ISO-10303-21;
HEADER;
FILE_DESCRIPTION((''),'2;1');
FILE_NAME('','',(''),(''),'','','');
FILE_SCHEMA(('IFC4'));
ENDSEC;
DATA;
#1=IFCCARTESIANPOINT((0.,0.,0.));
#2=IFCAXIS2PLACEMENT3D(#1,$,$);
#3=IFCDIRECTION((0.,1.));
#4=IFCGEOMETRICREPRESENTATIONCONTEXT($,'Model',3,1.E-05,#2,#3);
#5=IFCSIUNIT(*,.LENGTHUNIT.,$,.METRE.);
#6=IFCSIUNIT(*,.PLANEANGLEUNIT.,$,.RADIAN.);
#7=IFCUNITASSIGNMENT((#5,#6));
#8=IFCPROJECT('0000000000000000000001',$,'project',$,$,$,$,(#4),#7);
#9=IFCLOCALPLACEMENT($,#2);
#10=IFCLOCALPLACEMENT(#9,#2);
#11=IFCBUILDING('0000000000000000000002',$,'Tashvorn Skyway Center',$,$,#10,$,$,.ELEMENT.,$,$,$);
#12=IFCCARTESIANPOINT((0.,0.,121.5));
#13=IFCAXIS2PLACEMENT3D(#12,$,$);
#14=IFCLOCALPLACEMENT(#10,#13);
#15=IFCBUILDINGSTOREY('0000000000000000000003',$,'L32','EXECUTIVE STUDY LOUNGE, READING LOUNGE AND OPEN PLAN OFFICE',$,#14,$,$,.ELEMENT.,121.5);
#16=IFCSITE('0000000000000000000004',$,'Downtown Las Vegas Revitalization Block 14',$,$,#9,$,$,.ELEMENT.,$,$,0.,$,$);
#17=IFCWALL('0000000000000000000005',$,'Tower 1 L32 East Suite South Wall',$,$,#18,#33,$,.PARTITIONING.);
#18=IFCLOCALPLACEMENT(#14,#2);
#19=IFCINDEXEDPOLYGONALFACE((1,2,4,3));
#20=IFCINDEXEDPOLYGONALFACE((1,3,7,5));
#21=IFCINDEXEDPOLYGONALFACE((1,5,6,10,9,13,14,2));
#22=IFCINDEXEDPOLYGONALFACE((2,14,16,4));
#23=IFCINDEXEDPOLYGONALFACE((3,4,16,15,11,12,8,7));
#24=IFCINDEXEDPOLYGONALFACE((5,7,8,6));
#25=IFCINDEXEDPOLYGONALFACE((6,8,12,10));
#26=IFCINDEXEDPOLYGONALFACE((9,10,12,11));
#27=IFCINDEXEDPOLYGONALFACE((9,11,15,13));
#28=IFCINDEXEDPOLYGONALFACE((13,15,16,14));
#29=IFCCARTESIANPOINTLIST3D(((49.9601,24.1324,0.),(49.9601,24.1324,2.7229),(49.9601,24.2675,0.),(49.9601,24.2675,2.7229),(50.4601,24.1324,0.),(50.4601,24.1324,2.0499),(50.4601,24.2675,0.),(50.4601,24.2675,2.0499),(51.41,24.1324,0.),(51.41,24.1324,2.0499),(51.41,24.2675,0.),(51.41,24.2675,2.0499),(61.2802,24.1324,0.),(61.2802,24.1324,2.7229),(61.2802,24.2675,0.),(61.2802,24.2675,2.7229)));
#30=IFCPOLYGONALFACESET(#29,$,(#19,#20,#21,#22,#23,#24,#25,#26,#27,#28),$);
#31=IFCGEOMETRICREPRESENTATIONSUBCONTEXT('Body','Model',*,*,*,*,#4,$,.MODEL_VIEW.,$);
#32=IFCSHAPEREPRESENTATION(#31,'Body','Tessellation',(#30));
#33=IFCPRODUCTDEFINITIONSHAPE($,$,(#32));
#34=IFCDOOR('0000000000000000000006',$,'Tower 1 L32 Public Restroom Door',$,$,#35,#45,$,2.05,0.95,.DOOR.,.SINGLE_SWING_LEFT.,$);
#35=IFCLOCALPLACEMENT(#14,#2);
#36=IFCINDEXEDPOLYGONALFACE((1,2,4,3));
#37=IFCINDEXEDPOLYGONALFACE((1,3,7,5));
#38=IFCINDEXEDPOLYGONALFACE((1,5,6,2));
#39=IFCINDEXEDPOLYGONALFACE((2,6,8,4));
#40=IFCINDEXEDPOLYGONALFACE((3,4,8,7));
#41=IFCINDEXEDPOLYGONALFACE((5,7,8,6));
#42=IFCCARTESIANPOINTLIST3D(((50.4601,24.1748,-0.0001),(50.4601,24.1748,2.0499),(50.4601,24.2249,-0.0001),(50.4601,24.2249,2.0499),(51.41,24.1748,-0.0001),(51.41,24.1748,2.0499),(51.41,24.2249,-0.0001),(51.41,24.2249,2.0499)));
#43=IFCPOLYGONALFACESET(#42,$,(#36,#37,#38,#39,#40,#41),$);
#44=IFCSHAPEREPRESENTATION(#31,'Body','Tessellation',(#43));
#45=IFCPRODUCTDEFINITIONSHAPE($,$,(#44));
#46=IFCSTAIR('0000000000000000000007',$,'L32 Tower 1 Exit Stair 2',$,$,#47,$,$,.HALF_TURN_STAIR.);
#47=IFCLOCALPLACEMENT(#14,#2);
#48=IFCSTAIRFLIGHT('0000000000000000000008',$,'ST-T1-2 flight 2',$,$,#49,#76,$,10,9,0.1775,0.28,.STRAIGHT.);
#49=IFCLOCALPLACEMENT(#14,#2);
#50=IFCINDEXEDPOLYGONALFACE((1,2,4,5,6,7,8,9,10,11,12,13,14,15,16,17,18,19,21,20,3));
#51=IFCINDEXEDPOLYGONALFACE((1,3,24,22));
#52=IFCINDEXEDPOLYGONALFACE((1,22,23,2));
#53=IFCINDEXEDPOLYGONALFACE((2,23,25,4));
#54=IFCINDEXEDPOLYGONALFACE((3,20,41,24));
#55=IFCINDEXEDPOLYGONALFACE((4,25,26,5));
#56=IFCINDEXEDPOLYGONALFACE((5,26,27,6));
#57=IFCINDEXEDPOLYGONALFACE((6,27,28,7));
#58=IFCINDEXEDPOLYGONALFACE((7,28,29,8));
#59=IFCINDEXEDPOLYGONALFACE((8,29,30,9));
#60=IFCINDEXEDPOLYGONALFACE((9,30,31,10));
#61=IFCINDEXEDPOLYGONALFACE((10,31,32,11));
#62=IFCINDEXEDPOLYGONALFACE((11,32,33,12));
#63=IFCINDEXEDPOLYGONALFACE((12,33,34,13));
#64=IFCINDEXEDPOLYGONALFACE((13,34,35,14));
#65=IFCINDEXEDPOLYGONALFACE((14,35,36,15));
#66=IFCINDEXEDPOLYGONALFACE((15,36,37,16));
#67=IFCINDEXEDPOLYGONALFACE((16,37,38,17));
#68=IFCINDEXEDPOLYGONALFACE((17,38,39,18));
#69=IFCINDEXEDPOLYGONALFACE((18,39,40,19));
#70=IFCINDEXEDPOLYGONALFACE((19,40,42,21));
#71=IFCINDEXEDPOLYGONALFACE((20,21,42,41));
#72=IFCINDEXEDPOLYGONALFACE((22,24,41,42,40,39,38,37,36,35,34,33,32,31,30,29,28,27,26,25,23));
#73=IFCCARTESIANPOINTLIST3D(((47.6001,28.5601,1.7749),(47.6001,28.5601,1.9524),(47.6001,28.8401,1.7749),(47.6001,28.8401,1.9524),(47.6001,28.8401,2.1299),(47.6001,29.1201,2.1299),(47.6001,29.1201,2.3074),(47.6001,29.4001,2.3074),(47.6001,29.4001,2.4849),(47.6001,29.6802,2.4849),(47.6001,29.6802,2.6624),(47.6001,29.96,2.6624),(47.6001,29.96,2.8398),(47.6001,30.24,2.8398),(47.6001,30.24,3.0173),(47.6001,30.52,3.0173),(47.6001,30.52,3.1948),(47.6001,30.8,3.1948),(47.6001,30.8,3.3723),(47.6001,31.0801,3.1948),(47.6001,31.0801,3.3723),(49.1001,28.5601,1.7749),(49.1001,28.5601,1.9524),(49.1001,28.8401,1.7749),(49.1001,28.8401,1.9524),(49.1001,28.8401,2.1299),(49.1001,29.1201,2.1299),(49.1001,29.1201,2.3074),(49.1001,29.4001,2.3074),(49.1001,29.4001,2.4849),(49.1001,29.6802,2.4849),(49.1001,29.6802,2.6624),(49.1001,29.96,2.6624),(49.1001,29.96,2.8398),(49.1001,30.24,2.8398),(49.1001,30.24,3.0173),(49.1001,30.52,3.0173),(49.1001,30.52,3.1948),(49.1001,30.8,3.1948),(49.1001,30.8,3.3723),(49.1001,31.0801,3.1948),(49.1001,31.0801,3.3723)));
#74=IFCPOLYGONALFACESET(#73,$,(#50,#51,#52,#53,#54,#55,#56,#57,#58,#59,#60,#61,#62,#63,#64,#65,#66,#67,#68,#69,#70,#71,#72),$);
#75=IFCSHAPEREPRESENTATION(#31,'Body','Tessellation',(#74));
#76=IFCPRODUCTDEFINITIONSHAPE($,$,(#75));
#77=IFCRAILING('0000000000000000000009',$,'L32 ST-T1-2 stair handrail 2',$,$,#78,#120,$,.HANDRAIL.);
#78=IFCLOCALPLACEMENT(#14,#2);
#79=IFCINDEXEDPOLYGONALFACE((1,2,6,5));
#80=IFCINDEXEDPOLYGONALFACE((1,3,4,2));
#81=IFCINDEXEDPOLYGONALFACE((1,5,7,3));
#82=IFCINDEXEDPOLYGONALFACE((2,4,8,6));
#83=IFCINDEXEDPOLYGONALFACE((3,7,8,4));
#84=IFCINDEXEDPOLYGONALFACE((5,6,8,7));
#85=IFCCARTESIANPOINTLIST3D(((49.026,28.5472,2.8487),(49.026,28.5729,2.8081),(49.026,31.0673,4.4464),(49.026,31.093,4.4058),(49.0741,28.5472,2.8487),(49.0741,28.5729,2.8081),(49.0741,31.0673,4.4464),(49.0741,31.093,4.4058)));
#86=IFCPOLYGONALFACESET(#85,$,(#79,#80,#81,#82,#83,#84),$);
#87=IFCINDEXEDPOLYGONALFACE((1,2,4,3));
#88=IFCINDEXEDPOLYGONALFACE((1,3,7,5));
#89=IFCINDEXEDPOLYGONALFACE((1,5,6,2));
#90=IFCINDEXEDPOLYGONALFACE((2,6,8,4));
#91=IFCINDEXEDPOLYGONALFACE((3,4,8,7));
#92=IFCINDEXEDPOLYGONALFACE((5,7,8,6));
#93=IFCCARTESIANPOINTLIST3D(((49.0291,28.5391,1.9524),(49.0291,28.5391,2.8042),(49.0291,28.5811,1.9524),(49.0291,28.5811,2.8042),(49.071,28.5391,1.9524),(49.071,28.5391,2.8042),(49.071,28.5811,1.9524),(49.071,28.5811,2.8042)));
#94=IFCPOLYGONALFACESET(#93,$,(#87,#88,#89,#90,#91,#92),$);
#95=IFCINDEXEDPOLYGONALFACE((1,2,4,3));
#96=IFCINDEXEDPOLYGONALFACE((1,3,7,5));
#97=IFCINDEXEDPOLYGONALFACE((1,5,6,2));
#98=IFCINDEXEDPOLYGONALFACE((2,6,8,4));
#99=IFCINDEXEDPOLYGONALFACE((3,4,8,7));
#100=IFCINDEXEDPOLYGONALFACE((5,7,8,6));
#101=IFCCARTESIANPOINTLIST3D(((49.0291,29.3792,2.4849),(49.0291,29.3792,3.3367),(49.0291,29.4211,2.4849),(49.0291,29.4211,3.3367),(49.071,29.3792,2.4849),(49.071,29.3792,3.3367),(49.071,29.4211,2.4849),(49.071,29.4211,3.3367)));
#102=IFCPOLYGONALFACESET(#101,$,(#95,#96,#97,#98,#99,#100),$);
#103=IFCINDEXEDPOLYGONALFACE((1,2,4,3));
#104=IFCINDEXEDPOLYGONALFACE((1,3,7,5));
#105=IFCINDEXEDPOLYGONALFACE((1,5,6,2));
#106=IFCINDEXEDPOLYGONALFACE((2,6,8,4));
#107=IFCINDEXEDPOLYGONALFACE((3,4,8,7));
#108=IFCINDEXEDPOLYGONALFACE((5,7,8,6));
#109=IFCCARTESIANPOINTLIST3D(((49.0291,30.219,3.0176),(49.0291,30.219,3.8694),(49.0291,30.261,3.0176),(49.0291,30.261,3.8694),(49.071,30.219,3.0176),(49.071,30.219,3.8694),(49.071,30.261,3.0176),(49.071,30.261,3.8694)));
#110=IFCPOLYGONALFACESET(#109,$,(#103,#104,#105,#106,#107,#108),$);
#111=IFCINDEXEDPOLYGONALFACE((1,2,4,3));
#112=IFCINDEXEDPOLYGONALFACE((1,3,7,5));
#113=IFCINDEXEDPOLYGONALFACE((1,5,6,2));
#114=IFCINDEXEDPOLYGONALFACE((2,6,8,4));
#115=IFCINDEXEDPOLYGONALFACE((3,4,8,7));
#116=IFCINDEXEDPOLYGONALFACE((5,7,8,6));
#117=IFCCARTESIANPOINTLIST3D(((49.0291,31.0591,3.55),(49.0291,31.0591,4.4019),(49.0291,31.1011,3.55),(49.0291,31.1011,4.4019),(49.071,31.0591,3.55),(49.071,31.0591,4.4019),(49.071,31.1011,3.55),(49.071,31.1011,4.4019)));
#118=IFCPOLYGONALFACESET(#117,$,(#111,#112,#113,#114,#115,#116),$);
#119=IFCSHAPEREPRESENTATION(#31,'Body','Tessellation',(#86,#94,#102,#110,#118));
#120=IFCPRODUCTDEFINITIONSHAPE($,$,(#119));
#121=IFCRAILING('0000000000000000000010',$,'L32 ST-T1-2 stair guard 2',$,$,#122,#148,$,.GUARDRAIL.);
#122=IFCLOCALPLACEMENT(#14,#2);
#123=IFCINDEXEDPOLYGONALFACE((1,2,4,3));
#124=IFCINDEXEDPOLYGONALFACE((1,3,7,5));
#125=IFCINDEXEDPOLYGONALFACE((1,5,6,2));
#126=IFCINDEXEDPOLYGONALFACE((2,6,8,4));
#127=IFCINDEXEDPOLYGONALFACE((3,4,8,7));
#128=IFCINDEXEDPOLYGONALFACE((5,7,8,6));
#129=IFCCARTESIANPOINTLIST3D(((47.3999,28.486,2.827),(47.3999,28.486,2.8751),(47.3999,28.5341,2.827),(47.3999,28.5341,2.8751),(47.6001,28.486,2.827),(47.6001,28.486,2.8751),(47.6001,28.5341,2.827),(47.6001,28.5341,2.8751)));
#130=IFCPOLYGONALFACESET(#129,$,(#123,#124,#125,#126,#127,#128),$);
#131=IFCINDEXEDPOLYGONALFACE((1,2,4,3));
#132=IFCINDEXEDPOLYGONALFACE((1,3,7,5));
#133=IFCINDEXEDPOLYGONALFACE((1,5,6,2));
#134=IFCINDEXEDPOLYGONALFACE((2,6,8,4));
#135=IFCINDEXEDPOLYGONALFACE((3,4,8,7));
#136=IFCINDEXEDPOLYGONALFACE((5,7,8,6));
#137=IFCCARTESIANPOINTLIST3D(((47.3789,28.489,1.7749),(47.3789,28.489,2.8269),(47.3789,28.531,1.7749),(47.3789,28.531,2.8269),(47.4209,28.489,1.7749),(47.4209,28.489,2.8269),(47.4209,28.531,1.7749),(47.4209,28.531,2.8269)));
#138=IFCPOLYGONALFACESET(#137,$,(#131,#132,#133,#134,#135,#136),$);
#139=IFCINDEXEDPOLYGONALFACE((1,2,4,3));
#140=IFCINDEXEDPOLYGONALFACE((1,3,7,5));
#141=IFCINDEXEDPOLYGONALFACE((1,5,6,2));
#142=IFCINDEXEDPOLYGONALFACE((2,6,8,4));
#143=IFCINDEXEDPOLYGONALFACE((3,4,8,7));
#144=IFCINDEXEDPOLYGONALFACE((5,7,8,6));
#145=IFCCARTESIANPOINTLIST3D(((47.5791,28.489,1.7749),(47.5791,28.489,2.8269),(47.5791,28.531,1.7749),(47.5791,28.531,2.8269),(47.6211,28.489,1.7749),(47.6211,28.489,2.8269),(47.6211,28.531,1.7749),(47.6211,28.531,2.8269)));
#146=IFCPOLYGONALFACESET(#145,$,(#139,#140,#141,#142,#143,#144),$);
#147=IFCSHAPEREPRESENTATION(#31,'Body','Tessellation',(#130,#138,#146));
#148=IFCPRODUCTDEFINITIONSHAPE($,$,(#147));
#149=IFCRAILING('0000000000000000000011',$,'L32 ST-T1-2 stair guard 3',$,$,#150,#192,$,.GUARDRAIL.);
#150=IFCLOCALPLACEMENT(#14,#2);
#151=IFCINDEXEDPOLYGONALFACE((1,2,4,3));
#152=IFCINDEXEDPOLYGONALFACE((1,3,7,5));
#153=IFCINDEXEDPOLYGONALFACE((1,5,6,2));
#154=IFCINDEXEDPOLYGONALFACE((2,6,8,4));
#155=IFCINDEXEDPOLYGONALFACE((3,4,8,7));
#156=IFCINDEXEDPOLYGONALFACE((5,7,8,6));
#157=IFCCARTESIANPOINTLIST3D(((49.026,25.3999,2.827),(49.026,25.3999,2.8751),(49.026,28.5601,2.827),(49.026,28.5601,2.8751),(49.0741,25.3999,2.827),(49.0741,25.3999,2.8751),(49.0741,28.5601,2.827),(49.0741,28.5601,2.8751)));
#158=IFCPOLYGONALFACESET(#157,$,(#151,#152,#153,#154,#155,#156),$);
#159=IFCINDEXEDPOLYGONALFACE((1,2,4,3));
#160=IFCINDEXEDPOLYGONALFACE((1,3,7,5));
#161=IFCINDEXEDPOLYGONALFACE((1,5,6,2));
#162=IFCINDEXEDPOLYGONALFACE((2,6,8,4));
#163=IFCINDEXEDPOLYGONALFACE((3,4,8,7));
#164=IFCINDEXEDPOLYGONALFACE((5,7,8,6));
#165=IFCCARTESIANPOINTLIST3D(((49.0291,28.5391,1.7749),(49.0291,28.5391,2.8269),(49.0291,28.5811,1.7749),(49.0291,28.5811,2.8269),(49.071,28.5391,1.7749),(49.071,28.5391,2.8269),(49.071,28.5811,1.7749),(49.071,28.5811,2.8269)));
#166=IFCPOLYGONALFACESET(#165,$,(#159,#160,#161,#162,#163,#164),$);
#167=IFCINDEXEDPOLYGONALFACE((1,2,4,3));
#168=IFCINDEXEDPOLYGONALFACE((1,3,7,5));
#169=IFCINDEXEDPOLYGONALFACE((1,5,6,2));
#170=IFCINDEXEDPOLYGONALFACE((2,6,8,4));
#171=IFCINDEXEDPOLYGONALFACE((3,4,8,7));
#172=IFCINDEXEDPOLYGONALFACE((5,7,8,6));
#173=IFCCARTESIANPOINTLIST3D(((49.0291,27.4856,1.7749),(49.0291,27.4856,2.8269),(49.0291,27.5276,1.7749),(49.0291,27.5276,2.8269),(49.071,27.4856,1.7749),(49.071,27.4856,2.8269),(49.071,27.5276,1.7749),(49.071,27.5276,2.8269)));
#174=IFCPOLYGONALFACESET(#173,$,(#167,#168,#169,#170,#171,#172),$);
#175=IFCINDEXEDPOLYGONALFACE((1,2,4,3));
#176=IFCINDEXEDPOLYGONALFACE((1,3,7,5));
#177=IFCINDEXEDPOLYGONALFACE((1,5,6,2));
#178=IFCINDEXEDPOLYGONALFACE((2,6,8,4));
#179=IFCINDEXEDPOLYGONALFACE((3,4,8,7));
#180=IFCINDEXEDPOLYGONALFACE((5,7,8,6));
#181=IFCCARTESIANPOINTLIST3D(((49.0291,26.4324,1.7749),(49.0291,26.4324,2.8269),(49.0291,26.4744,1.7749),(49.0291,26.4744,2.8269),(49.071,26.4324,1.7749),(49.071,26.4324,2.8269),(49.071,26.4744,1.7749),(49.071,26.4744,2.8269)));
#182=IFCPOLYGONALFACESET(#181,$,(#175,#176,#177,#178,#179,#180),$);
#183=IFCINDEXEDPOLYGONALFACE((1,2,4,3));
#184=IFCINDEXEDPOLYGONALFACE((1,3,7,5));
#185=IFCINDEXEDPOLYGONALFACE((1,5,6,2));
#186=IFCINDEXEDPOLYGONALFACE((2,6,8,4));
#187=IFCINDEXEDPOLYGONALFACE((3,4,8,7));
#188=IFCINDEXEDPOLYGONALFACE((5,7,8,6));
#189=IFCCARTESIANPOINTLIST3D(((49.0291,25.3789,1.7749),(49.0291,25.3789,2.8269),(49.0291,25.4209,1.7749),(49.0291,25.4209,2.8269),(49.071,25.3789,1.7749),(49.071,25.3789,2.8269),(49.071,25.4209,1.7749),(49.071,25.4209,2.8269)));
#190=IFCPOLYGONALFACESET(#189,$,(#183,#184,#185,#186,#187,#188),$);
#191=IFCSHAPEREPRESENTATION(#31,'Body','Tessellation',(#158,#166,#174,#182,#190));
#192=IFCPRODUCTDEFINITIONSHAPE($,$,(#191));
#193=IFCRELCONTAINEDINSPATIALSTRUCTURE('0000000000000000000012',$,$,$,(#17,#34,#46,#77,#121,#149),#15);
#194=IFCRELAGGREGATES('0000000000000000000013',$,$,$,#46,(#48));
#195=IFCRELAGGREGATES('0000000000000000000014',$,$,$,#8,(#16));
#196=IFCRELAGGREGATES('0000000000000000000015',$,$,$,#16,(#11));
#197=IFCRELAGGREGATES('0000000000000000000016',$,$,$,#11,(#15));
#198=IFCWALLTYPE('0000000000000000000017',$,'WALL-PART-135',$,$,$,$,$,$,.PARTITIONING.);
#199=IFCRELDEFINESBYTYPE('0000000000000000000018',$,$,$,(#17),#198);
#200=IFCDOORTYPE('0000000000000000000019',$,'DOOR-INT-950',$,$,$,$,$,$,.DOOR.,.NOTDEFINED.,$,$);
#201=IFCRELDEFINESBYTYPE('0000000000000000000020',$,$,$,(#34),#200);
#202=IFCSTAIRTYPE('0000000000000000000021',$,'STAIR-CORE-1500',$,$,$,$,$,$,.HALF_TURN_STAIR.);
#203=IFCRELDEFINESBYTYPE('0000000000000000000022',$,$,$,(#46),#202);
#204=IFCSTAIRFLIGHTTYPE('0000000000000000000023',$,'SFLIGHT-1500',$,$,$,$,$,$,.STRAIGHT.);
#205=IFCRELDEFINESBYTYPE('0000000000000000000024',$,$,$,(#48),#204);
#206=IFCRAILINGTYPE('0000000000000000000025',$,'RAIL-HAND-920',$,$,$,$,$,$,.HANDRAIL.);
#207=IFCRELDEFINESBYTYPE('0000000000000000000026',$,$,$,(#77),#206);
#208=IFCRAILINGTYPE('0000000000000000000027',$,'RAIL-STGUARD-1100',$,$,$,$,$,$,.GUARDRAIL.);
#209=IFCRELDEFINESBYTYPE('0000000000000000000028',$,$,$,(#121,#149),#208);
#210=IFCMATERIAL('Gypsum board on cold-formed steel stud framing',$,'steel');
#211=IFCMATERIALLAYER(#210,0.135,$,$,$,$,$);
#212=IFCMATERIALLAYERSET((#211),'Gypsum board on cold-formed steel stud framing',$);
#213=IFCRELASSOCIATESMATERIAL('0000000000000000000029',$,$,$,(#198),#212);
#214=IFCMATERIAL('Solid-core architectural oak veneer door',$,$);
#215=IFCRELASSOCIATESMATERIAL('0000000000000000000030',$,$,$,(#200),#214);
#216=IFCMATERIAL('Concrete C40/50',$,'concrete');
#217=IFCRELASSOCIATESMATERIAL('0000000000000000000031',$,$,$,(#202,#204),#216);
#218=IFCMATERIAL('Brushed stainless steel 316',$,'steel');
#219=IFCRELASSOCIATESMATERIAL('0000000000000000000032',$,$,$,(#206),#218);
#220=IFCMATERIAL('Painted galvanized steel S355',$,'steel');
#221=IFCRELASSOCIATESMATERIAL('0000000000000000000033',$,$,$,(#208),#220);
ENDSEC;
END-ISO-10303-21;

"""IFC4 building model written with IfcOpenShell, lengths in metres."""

from ifc_helpers import new_model, si_unit, direction, frame, frame_2d, origin, origin_2d, place, context, subcontext, project, spatial, polyline, rectangle, outline, extrude, material, layer, layer_set, type_object, element, fill, aggregate, save


model = new_model("IFC4")

# Units and contexts
model_context = context("Model", 3, precision=1e-05, world=origin(), true_north=direction((0.0, 1.0)))
body_context = subcontext(model_context, "Body", "Model", "MODEL_VIEW")
ifc_project = project(units=[si_unit("LENGTHUNIT", "METRE"), si_unit("PLANEANGLEUNIT", "RADIAN")], contexts=[model_context])

# Site, building, storey
site_placement = place(None, origin())
site = spatial("IfcSite", under=ifc_project, at=site_placement, Name="Downtown Las Vegas Revitalization Block 14", CompositionType="ELEMENT", RefElevation=0.0)
building_placement = place(site_placement, origin())
building = spatial("IfcBuilding", under=site, at=building_placement, Name="Tashvorn Skyway Center", CompositionType="ELEMENT")
storey_placement = place(building_placement, frame((0.0, 0.0, 121.5)))
storey = spatial("IfcBuildingStorey", under=building, at=storey_placement, Name="L32", Description="EXECUTIVE STUDY LOUNGE, READING LOUNGE AND OPEN PLAN OFFICE", CompositionType="ELEMENT", Elevation=121.5)

# Wall, opening, door
ifc_material_1 = material(Name="Gypsum board on cold-formed steel stud framing", Category="steel")
ifc_layer_1 = layer(ifc_material_1, 0.135)
ifc_layer_set_1 = layer_set([ifc_layer_1], Name="Gypsum board on cold-formed steel stud framing")
wall_type_1 = type_object("IfcWallType", Name="WALL-PART-135", PredefinedType="PARTITIONING", material=ifc_layer_set_1)
wall_1_placement = place(storey_placement, frame((49.96, 24.2, 0.0), z_axis=(0.0, 0.0, 1.0), x_axis=(1.0, 0.0, 0.0)))
wall_1 = element("IfcWall", 1, at=wall_1_placement, inside=storey, type_object=wall_type_1, Name="Tower 1 L32 East Suite South Wall", PredefinedType="PARTITIONING", context=body_context, shape_type="SweptSolid", body=[
    extrude(rectangle(XDim=11.3201, YDim=0.135, at=frame_2d((5.6602, 0.0))), origin(), (0.0, 0.0, 1.0), 2.7229),
])
opening_1_placement = place(wall_1_placement, frame((0.5, 0.0, 0.0)))
opening_1 = element("IfcOpeningElement", 2, at=opening_1_placement, cuts=wall_1, PredefinedType="OPENING", context=body_context, shape_type="SweptSolid", body=[
    extrude(rectangle(XDim=0.95, YDim=2.05, at=frame_2d((0.4751, 1.0249))), frame((0.0, 0.0774, 0.0), z_axis=(0.0, -1.0, 0.0), x_axis=(1.0, 0.0, 0.0)), (0.0, 0.0, 1.0), 0.155),
])
ifc_material_2 = material(Name="Solid-core architectural oak veneer door")
door_type_1 = type_object("IfcDoorType", Name="DOOR-INT-950", OperationType="NOTDEFINED", PredefinedType="DOOR", material=ifc_material_2)
door_1_placement = place(opening_1_placement, origin())
door_1 = element("IfcDoor", 3, at=door_1_placement, inside=storey, type_object=door_type_1, Name="Tower 1 L32 Public Restroom Door", OperationType="SINGLE_SWING_LEFT", OverallHeight=2.05, OverallWidth=0.95, PredefinedType="DOOR", context=body_context, shape_type="SweptSolid", body=[
    extrude(rectangle(XDim=0.95, YDim=2.05, at=frame_2d((0.4751, 1.0249))), frame((0.0, 0.0249, 0.0), z_axis=(0.0, -1.0, 0.0), x_axis=(1.0, 0.0, 0.0)), (0.0, 0.0, 1.0), 0.05),
])
fill(opening_1, door_1)

# Stair, stair flight
ifc_material_3 = material(Name="Concrete C40/50", Category="concrete")
stair_type = type_object("IfcStairType", Name="STAIR-CORE-1500", PredefinedType="HALF_TURN_STAIR", material=ifc_material_3)
stair_placement = place(storey_placement, origin())
stair = element("IfcStair", 4, at=stair_placement, inside=storey, type_object=stair_type, Name="L32 Tower 1 Exit Stair 2", PredefinedType="HALF_TURN_STAIR")
stair_flight_type = type_object("IfcStairFlightType", Name="SFLIGHT-1500", PredefinedType="STRAIGHT", material=ifc_material_3)
stair_flight_placement = place(storey_placement, frame((48.3501, 28.5601, 1.7749), z_axis=(0.0, 0.0, 1.0), x_axis=(0.0, 1.0, 0.0)))
stair_flight = element("IfcStairFlight", 5, at=stair_flight_placement, type_object=stair_flight_type, Name="ST-T1-2 flight 2", NumberOfRisers=10, NumberOfTreads=9, PredefinedType="STRAIGHT", RiserHeight=0.1775, TreadLength=0.28, context=body_context, shape_type="SweptSolid", body=[
    extrude(outline(polyline([(0.0, 0.0), (0.0, 0.1775), (0.28, 0.1775), (0.28, 0.355), (0.5601, 0.355), (0.5601, 0.5325), (0.8401, 0.5325), (0.8401, 0.71), (1.1201, 0.71), (1.1201, 0.8875), (1.3999, 0.8875), (1.3999, 1.0649), (1.6799, 1.0649), (1.6799, 1.2424), (1.96, 1.2424), (1.96, 1.4199), (2.24, 1.4199), (2.24, 1.5974), (2.52, 1.5974), (2.52, 1.7749), (2.52, 1.4199), (0.28, 0.0), (0.0, 0.0)])), frame((0.0, 0.75, 0.0), z_axis=(0.0, -1.0, 0.0), x_axis=(1.0, 0.0, 0.0)), (0.0, 0.0, 1.0), 1.5),
])
aggregate(stair, [stair_flight])

# Railings
ifc_material_4 = material(Name="Brushed stainless steel 316", Category="steel")
railing_type_1 = type_object("IfcRailingType", Name="RAIL-HAND-920", PredefinedType="HANDRAIL", material=ifc_material_4)
railing_1_placement = place(storey_placement, frame((49.05, 28.5601, 1.9524)))
element("IfcRailing", 6, at=railing_1_placement, inside=storey, type_object=railing_type_1, Name="L32 ST-T1-2 stair handrail 2", PredefinedType="HANDRAIL", context=body_context, shape_type="SweptSolid", body=[
    extrude(rectangle(XDim=0.0481, YDim=0.0481, at=origin_2d()), frame((0.0, 0.0, 0.876), z_axis=(0.0, 0.84457, 0.535445), x_axis=(-1.0, 0.0, 0.0)), (0.0, 0.0, 1.0), 2.9839),
    extrude(rectangle(XDim=0.042, YDim=0.042, at=origin_2d()), origin(), (0.0, 0.0, 1.0), 0.8518),
    extrude(rectangle(XDim=0.042, YDim=0.042, at=origin_2d()), frame((0.0, 0.8401, 0.5325)), (0.0, 0.0, 1.0), 0.8518),
    extrude(rectangle(XDim=0.042, YDim=0.042, at=origin_2d()), frame((0.0, 1.6799, 1.0652)), (0.0, 0.0, 1.0), 0.8518),
    extrude(rectangle(XDim=0.042, YDim=0.042, at=origin_2d()), frame((0.0, 2.52, 1.5977)), (0.0, 0.0, 1.0), 0.8518),
])
ifc_material_5 = material(Name="Painted galvanized steel S355", Category="steel")
railing_type_2 = type_object("IfcRailingType", Name="RAIL-STGUARD-1100", PredefinedType="GUARDRAIL", material=ifc_material_5)
railing_2_placement = place(storey_placement, frame((47.3999, 28.51, 1.7749)))
element("IfcRailing", 7, at=railing_2_placement, inside=storey, type_object=railing_type_2, Name="L32 ST-T1-2 stair guard 2", PredefinedType="GUARDRAIL", context=body_context, shape_type="SweptSolid", body=[
    extrude(rectangle(XDim=0.0481, YDim=0.0481, at=origin_2d()), frame((0.0, 0.0, 1.0762), z_axis=(1.0, 0.0, 0.0), x_axis=(0.0, 1.0, 0.0)), (0.0, 0.0, 1.0), 0.2002),
    extrude(rectangle(XDim=0.042, YDim=0.042, at=origin_2d()), origin(), (0.0, 0.0, 1.0), 1.052),
    extrude(rectangle(XDim=0.042, YDim=0.042, at=origin_2d()), frame((0.2002, 0.0, 0.0)), (0.0, 0.0, 1.0), 1.052),
])
railing_3_placement = place(storey_placement, frame((49.05, 28.5601, 1.7749)))
element("IfcRailing", 8, at=railing_3_placement, inside=storey, type_object=railing_type_2, Name="L32 ST-T1-2 stair guard 3", PredefinedType="GUARDRAIL", context=body_context, shape_type="SweptSolid", body=[
    extrude(rectangle(XDim=0.0481, YDim=0.0481, at=origin_2d()), frame((0.0, 0.0, 1.0762), z_axis=(0.0, -1.0, 0.0), x_axis=(1.0, 0.0, 0.0)), (0.0, 0.0, 1.0), 3.1602),
    extrude(rectangle(XDim=0.042, YDim=0.042, at=origin_2d()), origin(), (0.0, 0.0, 1.0), 1.052),
    extrude(rectangle(XDim=0.042, YDim=0.042, at=origin_2d()), frame((0.0, -1.0535, 0.0)), (0.0, 0.0, 1.0), 1.052),
    extrude(rectangle(XDim=0.042, YDim=0.042, at=origin_2d()), frame((0.0, -2.1067, 0.0)), (0.0, 0.0, 1.0), 1.052),
    extrude(rectangle(XDim=0.042, YDim=0.042, at=origin_2d()), frame((0.0, -3.1602, 0.0)), (0.0, 0.0, 1.0), 1.052),
])

save(model, "model.ifc")
